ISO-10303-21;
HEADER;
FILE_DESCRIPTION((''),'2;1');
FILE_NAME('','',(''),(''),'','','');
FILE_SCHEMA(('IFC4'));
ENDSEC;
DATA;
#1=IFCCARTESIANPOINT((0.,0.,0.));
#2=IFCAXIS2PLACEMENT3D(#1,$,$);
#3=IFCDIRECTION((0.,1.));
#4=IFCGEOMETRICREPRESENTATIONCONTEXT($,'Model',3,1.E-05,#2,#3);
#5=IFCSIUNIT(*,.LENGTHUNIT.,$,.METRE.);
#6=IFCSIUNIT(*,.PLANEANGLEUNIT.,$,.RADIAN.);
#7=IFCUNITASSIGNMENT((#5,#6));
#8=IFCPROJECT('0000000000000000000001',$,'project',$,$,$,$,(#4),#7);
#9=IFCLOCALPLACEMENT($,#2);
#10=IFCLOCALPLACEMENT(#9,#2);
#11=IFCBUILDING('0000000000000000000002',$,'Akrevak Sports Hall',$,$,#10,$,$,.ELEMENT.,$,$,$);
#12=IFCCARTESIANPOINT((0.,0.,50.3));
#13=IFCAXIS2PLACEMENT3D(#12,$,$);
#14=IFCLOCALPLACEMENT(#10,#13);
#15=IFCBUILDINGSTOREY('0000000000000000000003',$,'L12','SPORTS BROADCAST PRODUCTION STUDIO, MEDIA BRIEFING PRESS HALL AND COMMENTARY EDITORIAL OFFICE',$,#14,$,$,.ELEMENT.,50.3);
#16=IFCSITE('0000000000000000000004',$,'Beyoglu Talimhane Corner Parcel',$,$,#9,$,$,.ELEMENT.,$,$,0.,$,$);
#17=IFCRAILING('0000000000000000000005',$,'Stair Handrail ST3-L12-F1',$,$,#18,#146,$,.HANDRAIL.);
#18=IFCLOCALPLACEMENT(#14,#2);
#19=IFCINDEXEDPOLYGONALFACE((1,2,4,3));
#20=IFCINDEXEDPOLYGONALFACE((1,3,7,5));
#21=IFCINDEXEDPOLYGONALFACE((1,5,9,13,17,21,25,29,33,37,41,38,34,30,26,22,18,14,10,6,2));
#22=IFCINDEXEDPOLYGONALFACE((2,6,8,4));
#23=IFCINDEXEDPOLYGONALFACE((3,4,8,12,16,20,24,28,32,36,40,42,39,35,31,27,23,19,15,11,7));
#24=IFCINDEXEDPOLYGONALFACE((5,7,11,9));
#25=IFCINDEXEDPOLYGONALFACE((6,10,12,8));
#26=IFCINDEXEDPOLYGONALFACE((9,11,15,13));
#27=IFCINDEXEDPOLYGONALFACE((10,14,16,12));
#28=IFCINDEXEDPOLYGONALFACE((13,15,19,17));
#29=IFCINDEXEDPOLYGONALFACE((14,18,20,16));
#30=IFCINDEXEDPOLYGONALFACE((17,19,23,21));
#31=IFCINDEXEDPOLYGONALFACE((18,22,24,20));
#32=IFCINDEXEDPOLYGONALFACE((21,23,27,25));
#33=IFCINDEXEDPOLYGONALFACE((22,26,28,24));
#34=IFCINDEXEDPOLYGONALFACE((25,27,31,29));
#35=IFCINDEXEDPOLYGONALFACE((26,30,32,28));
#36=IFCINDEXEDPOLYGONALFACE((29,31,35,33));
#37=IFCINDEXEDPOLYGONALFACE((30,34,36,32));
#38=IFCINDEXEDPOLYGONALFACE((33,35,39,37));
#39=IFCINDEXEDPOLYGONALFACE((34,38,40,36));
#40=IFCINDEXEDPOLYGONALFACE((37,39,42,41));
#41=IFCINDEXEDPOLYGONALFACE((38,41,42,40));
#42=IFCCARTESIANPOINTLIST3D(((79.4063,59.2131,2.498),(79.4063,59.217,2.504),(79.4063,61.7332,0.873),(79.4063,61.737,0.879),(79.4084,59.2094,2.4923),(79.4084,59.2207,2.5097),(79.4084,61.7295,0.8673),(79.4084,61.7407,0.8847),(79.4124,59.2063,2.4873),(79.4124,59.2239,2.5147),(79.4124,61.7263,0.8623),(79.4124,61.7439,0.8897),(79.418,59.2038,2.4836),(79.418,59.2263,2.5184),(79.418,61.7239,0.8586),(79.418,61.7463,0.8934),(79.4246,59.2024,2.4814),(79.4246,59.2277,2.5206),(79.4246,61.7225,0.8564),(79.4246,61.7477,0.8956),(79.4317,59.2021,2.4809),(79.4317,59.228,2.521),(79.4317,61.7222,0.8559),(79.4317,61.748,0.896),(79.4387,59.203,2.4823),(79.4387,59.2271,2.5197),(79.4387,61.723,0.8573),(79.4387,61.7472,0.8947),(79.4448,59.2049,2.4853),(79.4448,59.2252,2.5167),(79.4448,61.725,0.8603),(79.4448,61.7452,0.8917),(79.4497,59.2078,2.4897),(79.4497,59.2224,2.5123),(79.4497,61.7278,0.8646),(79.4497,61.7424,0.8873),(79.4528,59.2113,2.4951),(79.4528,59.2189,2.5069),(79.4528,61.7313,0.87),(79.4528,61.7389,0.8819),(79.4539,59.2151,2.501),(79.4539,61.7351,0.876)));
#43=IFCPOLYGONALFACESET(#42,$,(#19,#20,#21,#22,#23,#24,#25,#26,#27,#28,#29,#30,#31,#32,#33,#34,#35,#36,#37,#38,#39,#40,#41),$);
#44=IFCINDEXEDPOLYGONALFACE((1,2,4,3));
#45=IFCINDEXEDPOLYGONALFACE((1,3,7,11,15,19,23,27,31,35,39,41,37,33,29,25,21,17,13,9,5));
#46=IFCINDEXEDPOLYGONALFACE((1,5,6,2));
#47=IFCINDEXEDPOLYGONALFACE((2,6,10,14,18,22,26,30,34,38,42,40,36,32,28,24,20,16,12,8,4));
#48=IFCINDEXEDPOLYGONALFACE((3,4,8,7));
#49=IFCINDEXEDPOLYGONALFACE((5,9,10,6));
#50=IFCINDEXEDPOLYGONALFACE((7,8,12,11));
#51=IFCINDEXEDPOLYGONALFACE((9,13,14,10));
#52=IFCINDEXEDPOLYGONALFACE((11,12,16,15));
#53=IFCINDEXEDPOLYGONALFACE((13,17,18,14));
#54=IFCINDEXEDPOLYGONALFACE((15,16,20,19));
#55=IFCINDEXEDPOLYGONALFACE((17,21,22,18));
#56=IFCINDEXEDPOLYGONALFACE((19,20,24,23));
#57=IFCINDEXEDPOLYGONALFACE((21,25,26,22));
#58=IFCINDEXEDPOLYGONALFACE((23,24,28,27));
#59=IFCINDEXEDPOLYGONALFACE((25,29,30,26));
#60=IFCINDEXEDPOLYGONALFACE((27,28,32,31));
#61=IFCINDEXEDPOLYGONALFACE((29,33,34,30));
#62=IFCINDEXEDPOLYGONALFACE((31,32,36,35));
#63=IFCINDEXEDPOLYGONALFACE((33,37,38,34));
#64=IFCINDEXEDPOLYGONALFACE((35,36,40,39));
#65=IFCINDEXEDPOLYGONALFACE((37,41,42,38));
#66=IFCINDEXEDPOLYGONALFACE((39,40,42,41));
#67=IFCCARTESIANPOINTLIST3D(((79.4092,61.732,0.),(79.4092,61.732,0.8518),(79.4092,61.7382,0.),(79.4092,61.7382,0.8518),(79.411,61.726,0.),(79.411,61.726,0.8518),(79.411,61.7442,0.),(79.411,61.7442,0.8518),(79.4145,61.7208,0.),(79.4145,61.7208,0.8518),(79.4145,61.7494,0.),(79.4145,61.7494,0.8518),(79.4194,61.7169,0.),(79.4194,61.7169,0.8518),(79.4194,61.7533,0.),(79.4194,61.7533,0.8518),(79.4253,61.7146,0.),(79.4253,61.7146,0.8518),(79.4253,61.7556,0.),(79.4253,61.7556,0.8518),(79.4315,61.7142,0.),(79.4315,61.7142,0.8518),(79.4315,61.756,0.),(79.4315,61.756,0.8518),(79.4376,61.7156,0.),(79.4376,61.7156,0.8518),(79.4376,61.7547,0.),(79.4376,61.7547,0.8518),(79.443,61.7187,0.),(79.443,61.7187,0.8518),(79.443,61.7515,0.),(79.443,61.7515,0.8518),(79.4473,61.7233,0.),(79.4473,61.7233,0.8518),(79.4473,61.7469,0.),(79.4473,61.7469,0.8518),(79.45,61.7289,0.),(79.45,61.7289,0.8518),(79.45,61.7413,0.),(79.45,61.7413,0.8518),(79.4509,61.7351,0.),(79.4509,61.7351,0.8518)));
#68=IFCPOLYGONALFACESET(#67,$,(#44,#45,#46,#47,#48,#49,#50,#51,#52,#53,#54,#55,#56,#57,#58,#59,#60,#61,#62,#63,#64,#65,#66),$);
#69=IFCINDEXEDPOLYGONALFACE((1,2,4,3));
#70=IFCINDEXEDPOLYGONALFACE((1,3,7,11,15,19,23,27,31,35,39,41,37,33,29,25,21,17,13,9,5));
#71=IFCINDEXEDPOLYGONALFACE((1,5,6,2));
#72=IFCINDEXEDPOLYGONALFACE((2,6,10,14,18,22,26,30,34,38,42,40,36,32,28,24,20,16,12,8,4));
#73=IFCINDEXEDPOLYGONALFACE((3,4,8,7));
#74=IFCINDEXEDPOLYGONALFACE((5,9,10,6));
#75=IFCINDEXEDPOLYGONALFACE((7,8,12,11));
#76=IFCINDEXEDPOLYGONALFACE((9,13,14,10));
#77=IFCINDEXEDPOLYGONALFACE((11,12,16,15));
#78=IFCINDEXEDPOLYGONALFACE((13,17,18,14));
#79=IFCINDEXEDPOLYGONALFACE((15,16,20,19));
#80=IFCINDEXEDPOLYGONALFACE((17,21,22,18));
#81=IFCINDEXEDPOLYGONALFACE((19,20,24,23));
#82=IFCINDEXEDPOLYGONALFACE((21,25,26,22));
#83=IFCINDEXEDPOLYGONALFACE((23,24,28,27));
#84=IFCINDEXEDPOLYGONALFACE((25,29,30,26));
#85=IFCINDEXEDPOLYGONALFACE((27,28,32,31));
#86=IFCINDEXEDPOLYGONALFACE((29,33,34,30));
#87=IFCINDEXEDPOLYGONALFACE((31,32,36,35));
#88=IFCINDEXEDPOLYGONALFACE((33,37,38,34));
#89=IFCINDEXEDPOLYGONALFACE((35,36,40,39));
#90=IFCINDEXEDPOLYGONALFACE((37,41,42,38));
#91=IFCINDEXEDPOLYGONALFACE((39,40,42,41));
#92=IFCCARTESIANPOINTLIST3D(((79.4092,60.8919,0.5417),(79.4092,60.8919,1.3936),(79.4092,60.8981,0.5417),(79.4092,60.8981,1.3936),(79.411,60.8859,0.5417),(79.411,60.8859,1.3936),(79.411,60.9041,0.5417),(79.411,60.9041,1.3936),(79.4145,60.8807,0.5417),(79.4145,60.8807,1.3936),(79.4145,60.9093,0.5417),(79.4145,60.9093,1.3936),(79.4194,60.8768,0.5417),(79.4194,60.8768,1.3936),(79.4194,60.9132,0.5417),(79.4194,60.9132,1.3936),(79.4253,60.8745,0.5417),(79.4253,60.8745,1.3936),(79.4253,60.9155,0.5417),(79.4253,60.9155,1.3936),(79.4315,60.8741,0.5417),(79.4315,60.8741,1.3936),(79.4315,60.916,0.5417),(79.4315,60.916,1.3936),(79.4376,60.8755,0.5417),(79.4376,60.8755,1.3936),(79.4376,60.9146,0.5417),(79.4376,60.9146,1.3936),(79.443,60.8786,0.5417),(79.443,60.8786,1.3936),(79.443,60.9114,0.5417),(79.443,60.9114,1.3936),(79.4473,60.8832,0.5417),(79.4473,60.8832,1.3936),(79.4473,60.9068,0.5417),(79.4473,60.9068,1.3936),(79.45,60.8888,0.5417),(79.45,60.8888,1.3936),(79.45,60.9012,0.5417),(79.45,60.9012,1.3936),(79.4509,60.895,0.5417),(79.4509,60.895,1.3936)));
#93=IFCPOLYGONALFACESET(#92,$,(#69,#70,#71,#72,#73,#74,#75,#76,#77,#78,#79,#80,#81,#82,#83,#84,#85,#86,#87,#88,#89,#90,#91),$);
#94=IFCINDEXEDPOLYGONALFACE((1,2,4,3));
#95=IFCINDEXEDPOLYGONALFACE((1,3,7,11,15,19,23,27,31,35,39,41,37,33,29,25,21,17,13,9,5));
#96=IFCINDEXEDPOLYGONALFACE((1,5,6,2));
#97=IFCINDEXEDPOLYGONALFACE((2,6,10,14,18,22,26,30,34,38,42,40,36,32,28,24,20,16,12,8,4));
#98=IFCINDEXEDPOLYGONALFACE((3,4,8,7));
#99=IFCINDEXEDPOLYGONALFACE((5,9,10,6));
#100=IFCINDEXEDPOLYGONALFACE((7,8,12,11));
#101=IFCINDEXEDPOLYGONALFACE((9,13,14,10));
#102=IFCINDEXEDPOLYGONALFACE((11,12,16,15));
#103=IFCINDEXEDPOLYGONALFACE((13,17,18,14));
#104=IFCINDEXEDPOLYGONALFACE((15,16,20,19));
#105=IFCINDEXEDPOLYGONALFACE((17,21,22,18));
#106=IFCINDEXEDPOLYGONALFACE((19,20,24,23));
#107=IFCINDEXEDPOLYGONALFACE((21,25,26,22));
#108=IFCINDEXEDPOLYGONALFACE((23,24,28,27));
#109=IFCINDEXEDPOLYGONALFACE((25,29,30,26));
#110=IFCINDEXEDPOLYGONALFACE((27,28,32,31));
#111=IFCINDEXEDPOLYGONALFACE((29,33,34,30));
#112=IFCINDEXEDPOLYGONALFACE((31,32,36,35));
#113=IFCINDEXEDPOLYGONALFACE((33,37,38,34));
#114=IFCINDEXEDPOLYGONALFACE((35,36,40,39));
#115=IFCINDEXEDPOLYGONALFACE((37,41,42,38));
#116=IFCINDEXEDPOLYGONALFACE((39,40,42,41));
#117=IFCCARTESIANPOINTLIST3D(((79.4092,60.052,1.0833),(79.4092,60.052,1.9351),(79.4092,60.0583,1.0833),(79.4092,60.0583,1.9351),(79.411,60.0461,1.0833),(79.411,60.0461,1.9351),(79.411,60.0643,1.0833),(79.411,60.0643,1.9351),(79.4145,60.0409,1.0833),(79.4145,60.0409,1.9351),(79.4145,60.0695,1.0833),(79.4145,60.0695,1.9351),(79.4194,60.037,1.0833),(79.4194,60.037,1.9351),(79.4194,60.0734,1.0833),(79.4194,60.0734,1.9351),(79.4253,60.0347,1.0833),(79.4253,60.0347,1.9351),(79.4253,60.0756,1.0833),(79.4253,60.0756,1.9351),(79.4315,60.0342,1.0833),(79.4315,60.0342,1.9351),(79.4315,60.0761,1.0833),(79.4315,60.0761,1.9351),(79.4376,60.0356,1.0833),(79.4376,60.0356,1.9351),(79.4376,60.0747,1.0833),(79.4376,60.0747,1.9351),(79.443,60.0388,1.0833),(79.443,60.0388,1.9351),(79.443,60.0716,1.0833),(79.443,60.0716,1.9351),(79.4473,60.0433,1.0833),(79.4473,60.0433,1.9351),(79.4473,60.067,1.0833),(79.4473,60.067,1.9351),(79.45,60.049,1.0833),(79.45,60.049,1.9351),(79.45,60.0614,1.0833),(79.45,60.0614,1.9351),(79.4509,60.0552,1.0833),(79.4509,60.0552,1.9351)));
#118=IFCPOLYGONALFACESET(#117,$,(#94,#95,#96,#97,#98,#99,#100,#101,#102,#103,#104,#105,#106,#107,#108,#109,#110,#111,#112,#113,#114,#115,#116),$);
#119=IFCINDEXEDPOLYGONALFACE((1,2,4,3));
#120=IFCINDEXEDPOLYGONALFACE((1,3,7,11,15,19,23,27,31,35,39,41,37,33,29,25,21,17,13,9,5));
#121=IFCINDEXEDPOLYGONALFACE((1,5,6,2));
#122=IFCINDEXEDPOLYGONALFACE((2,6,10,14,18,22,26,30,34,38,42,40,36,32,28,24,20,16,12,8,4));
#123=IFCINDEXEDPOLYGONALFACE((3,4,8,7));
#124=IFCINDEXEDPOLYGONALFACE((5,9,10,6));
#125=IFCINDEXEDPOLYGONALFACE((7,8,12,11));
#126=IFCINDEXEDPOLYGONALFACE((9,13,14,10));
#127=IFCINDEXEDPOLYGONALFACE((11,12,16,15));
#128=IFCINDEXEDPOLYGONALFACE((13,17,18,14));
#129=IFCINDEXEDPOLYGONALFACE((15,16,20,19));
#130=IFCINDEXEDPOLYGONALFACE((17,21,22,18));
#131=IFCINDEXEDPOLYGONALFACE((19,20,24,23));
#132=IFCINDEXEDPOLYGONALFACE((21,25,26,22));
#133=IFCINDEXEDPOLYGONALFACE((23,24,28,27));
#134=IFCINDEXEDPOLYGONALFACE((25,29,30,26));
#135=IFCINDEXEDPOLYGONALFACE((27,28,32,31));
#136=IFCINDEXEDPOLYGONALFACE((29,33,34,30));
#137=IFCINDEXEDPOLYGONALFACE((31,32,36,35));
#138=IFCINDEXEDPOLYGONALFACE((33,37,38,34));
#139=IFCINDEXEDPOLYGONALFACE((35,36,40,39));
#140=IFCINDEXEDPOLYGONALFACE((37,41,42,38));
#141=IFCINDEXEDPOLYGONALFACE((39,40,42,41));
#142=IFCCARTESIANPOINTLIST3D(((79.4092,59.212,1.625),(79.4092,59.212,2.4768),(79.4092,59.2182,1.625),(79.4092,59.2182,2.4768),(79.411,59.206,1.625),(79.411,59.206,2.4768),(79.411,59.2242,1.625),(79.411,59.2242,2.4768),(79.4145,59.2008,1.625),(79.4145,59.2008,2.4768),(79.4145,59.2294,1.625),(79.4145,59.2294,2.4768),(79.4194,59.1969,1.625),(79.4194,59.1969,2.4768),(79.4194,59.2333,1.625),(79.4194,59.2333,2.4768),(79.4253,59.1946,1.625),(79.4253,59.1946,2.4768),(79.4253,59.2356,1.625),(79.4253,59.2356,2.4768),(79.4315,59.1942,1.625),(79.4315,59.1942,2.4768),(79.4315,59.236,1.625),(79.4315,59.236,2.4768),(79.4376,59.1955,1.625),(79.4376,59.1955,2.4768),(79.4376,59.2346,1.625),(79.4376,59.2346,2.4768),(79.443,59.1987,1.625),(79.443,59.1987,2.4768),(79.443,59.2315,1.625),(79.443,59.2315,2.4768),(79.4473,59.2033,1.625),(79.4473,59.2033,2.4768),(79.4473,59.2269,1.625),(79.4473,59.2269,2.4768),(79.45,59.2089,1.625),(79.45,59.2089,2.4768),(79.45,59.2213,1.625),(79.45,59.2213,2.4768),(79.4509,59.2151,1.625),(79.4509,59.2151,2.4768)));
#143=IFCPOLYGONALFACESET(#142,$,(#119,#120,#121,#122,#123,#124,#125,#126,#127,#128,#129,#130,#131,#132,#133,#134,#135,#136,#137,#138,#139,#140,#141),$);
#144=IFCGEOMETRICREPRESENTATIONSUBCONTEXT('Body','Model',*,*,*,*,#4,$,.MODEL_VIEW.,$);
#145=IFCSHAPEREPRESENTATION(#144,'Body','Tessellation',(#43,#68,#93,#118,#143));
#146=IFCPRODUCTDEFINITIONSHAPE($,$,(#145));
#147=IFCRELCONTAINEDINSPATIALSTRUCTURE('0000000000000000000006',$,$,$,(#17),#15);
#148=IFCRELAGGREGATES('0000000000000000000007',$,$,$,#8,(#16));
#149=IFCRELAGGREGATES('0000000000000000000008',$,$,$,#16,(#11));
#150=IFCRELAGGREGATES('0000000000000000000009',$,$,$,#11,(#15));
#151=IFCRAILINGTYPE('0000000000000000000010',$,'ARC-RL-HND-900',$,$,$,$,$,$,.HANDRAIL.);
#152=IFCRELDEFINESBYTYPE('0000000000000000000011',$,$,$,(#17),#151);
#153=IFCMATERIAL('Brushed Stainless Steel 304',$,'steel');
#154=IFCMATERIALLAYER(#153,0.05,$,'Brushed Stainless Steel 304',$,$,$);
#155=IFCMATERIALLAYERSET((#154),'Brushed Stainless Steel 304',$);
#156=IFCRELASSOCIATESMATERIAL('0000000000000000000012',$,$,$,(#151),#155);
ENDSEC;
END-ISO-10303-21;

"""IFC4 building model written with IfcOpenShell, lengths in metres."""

from ifc_helpers import new_model, si_unit, direction, frame, origin, origin_2d, place, context, subcontext, project, spatial, circle, extrude, material, layer, layer_set, type_object, element, save


model = new_model("IFC4")

# Units and contexts
model_context = context("Model", 3, precision=1e-05, world=origin(), true_north=direction((0.0, 1.0)))
body_context = subcontext(model_context, "Body", "Model", "MODEL_VIEW")
ifc_project = project(units=[si_unit("LENGTHUNIT", "METRE"), si_unit("PLANEANGLEUNIT", "RADIAN")], contexts=[model_context])

# Site, building, storey
site_placement = place(None, origin())
site = spatial("IfcSite", under=ifc_project, at=site_placement, Name="Beyoglu Talimhane Corner Parcel", CompositionType="ELEMENT", RefElevation=0.0)
building_placement = place(site_placement, origin())
building = spatial("IfcBuilding", under=site, at=building_placement, Name="Akrevak Sports Hall", CompositionType="ELEMENT")
storey_placement = place(building_placement, frame((0.0, 0.0, 50.3)))
storey = spatial("IfcBuildingStorey", under=building, at=storey_placement, Name="L12", Description="SPORTS BROADCAST PRODUCTION STUDIO, MEDIA BRIEFING PRESS HALL AND COMMENTARY EDITORIAL OFFICE", CompositionType="ELEMENT", Elevation=50.3)

# Railing
ifc_material_1 = material(Name="Brushed Stainless Steel 304", Category="steel")
ifc_layer_1 = layer(ifc_material_1, 0.05, Name="Brushed Stainless Steel 304")
ifc_layer_set_1 = layer_set([ifc_layer_1], Name="Brushed Stainless Steel 304")
railing_type_1 = type_object("IfcRailingType", Name="ARC-RL-HND-900", PredefinedType="HANDRAIL", material=ifc_layer_set_1)
railing_1_placement = place(storey_placement, frame((79.4299, 61.7351, 0.0)))
element("IfcRailing", 1, at=railing_1_placement, inside=storey, type_object=railing_type_1, Name="Stair Handrail ST3-L12-F1", PredefinedType="HANDRAIL", context=body_context, shape_type="SweptSolid", body=[
    extrude(circle(Radius=0.0239, at=origin_2d()), frame((0.0, 0.0, 0.876), z_axis=(0.0, -0.840421, 0.541934), x_axis=(1.0, 0.0, 0.0)), (0.0, 0.0, 1.0), 2.9985),
    extrude(circle(Radius=0.021, at=origin_2d()), origin(), (0.0, 0.0, 1.0), 0.8518),
    extrude(circle(Radius=0.021, at=origin_2d()), frame((0.0, -0.8401, 0.5417)), (0.0, 0.0, 1.0), 0.8518),
    extrude(circle(Radius=0.021, at=origin_2d()), frame((0.0, -1.6799, 1.0833)), (0.0, 0.0, 1.0), 0.8518),
    extrude(circle(Radius=0.021, at=origin_2d()), frame((0.0, -2.52, 1.625)), (0.0, 0.0, 1.0), 0.8518),
])

save(model, "model.ifc")
